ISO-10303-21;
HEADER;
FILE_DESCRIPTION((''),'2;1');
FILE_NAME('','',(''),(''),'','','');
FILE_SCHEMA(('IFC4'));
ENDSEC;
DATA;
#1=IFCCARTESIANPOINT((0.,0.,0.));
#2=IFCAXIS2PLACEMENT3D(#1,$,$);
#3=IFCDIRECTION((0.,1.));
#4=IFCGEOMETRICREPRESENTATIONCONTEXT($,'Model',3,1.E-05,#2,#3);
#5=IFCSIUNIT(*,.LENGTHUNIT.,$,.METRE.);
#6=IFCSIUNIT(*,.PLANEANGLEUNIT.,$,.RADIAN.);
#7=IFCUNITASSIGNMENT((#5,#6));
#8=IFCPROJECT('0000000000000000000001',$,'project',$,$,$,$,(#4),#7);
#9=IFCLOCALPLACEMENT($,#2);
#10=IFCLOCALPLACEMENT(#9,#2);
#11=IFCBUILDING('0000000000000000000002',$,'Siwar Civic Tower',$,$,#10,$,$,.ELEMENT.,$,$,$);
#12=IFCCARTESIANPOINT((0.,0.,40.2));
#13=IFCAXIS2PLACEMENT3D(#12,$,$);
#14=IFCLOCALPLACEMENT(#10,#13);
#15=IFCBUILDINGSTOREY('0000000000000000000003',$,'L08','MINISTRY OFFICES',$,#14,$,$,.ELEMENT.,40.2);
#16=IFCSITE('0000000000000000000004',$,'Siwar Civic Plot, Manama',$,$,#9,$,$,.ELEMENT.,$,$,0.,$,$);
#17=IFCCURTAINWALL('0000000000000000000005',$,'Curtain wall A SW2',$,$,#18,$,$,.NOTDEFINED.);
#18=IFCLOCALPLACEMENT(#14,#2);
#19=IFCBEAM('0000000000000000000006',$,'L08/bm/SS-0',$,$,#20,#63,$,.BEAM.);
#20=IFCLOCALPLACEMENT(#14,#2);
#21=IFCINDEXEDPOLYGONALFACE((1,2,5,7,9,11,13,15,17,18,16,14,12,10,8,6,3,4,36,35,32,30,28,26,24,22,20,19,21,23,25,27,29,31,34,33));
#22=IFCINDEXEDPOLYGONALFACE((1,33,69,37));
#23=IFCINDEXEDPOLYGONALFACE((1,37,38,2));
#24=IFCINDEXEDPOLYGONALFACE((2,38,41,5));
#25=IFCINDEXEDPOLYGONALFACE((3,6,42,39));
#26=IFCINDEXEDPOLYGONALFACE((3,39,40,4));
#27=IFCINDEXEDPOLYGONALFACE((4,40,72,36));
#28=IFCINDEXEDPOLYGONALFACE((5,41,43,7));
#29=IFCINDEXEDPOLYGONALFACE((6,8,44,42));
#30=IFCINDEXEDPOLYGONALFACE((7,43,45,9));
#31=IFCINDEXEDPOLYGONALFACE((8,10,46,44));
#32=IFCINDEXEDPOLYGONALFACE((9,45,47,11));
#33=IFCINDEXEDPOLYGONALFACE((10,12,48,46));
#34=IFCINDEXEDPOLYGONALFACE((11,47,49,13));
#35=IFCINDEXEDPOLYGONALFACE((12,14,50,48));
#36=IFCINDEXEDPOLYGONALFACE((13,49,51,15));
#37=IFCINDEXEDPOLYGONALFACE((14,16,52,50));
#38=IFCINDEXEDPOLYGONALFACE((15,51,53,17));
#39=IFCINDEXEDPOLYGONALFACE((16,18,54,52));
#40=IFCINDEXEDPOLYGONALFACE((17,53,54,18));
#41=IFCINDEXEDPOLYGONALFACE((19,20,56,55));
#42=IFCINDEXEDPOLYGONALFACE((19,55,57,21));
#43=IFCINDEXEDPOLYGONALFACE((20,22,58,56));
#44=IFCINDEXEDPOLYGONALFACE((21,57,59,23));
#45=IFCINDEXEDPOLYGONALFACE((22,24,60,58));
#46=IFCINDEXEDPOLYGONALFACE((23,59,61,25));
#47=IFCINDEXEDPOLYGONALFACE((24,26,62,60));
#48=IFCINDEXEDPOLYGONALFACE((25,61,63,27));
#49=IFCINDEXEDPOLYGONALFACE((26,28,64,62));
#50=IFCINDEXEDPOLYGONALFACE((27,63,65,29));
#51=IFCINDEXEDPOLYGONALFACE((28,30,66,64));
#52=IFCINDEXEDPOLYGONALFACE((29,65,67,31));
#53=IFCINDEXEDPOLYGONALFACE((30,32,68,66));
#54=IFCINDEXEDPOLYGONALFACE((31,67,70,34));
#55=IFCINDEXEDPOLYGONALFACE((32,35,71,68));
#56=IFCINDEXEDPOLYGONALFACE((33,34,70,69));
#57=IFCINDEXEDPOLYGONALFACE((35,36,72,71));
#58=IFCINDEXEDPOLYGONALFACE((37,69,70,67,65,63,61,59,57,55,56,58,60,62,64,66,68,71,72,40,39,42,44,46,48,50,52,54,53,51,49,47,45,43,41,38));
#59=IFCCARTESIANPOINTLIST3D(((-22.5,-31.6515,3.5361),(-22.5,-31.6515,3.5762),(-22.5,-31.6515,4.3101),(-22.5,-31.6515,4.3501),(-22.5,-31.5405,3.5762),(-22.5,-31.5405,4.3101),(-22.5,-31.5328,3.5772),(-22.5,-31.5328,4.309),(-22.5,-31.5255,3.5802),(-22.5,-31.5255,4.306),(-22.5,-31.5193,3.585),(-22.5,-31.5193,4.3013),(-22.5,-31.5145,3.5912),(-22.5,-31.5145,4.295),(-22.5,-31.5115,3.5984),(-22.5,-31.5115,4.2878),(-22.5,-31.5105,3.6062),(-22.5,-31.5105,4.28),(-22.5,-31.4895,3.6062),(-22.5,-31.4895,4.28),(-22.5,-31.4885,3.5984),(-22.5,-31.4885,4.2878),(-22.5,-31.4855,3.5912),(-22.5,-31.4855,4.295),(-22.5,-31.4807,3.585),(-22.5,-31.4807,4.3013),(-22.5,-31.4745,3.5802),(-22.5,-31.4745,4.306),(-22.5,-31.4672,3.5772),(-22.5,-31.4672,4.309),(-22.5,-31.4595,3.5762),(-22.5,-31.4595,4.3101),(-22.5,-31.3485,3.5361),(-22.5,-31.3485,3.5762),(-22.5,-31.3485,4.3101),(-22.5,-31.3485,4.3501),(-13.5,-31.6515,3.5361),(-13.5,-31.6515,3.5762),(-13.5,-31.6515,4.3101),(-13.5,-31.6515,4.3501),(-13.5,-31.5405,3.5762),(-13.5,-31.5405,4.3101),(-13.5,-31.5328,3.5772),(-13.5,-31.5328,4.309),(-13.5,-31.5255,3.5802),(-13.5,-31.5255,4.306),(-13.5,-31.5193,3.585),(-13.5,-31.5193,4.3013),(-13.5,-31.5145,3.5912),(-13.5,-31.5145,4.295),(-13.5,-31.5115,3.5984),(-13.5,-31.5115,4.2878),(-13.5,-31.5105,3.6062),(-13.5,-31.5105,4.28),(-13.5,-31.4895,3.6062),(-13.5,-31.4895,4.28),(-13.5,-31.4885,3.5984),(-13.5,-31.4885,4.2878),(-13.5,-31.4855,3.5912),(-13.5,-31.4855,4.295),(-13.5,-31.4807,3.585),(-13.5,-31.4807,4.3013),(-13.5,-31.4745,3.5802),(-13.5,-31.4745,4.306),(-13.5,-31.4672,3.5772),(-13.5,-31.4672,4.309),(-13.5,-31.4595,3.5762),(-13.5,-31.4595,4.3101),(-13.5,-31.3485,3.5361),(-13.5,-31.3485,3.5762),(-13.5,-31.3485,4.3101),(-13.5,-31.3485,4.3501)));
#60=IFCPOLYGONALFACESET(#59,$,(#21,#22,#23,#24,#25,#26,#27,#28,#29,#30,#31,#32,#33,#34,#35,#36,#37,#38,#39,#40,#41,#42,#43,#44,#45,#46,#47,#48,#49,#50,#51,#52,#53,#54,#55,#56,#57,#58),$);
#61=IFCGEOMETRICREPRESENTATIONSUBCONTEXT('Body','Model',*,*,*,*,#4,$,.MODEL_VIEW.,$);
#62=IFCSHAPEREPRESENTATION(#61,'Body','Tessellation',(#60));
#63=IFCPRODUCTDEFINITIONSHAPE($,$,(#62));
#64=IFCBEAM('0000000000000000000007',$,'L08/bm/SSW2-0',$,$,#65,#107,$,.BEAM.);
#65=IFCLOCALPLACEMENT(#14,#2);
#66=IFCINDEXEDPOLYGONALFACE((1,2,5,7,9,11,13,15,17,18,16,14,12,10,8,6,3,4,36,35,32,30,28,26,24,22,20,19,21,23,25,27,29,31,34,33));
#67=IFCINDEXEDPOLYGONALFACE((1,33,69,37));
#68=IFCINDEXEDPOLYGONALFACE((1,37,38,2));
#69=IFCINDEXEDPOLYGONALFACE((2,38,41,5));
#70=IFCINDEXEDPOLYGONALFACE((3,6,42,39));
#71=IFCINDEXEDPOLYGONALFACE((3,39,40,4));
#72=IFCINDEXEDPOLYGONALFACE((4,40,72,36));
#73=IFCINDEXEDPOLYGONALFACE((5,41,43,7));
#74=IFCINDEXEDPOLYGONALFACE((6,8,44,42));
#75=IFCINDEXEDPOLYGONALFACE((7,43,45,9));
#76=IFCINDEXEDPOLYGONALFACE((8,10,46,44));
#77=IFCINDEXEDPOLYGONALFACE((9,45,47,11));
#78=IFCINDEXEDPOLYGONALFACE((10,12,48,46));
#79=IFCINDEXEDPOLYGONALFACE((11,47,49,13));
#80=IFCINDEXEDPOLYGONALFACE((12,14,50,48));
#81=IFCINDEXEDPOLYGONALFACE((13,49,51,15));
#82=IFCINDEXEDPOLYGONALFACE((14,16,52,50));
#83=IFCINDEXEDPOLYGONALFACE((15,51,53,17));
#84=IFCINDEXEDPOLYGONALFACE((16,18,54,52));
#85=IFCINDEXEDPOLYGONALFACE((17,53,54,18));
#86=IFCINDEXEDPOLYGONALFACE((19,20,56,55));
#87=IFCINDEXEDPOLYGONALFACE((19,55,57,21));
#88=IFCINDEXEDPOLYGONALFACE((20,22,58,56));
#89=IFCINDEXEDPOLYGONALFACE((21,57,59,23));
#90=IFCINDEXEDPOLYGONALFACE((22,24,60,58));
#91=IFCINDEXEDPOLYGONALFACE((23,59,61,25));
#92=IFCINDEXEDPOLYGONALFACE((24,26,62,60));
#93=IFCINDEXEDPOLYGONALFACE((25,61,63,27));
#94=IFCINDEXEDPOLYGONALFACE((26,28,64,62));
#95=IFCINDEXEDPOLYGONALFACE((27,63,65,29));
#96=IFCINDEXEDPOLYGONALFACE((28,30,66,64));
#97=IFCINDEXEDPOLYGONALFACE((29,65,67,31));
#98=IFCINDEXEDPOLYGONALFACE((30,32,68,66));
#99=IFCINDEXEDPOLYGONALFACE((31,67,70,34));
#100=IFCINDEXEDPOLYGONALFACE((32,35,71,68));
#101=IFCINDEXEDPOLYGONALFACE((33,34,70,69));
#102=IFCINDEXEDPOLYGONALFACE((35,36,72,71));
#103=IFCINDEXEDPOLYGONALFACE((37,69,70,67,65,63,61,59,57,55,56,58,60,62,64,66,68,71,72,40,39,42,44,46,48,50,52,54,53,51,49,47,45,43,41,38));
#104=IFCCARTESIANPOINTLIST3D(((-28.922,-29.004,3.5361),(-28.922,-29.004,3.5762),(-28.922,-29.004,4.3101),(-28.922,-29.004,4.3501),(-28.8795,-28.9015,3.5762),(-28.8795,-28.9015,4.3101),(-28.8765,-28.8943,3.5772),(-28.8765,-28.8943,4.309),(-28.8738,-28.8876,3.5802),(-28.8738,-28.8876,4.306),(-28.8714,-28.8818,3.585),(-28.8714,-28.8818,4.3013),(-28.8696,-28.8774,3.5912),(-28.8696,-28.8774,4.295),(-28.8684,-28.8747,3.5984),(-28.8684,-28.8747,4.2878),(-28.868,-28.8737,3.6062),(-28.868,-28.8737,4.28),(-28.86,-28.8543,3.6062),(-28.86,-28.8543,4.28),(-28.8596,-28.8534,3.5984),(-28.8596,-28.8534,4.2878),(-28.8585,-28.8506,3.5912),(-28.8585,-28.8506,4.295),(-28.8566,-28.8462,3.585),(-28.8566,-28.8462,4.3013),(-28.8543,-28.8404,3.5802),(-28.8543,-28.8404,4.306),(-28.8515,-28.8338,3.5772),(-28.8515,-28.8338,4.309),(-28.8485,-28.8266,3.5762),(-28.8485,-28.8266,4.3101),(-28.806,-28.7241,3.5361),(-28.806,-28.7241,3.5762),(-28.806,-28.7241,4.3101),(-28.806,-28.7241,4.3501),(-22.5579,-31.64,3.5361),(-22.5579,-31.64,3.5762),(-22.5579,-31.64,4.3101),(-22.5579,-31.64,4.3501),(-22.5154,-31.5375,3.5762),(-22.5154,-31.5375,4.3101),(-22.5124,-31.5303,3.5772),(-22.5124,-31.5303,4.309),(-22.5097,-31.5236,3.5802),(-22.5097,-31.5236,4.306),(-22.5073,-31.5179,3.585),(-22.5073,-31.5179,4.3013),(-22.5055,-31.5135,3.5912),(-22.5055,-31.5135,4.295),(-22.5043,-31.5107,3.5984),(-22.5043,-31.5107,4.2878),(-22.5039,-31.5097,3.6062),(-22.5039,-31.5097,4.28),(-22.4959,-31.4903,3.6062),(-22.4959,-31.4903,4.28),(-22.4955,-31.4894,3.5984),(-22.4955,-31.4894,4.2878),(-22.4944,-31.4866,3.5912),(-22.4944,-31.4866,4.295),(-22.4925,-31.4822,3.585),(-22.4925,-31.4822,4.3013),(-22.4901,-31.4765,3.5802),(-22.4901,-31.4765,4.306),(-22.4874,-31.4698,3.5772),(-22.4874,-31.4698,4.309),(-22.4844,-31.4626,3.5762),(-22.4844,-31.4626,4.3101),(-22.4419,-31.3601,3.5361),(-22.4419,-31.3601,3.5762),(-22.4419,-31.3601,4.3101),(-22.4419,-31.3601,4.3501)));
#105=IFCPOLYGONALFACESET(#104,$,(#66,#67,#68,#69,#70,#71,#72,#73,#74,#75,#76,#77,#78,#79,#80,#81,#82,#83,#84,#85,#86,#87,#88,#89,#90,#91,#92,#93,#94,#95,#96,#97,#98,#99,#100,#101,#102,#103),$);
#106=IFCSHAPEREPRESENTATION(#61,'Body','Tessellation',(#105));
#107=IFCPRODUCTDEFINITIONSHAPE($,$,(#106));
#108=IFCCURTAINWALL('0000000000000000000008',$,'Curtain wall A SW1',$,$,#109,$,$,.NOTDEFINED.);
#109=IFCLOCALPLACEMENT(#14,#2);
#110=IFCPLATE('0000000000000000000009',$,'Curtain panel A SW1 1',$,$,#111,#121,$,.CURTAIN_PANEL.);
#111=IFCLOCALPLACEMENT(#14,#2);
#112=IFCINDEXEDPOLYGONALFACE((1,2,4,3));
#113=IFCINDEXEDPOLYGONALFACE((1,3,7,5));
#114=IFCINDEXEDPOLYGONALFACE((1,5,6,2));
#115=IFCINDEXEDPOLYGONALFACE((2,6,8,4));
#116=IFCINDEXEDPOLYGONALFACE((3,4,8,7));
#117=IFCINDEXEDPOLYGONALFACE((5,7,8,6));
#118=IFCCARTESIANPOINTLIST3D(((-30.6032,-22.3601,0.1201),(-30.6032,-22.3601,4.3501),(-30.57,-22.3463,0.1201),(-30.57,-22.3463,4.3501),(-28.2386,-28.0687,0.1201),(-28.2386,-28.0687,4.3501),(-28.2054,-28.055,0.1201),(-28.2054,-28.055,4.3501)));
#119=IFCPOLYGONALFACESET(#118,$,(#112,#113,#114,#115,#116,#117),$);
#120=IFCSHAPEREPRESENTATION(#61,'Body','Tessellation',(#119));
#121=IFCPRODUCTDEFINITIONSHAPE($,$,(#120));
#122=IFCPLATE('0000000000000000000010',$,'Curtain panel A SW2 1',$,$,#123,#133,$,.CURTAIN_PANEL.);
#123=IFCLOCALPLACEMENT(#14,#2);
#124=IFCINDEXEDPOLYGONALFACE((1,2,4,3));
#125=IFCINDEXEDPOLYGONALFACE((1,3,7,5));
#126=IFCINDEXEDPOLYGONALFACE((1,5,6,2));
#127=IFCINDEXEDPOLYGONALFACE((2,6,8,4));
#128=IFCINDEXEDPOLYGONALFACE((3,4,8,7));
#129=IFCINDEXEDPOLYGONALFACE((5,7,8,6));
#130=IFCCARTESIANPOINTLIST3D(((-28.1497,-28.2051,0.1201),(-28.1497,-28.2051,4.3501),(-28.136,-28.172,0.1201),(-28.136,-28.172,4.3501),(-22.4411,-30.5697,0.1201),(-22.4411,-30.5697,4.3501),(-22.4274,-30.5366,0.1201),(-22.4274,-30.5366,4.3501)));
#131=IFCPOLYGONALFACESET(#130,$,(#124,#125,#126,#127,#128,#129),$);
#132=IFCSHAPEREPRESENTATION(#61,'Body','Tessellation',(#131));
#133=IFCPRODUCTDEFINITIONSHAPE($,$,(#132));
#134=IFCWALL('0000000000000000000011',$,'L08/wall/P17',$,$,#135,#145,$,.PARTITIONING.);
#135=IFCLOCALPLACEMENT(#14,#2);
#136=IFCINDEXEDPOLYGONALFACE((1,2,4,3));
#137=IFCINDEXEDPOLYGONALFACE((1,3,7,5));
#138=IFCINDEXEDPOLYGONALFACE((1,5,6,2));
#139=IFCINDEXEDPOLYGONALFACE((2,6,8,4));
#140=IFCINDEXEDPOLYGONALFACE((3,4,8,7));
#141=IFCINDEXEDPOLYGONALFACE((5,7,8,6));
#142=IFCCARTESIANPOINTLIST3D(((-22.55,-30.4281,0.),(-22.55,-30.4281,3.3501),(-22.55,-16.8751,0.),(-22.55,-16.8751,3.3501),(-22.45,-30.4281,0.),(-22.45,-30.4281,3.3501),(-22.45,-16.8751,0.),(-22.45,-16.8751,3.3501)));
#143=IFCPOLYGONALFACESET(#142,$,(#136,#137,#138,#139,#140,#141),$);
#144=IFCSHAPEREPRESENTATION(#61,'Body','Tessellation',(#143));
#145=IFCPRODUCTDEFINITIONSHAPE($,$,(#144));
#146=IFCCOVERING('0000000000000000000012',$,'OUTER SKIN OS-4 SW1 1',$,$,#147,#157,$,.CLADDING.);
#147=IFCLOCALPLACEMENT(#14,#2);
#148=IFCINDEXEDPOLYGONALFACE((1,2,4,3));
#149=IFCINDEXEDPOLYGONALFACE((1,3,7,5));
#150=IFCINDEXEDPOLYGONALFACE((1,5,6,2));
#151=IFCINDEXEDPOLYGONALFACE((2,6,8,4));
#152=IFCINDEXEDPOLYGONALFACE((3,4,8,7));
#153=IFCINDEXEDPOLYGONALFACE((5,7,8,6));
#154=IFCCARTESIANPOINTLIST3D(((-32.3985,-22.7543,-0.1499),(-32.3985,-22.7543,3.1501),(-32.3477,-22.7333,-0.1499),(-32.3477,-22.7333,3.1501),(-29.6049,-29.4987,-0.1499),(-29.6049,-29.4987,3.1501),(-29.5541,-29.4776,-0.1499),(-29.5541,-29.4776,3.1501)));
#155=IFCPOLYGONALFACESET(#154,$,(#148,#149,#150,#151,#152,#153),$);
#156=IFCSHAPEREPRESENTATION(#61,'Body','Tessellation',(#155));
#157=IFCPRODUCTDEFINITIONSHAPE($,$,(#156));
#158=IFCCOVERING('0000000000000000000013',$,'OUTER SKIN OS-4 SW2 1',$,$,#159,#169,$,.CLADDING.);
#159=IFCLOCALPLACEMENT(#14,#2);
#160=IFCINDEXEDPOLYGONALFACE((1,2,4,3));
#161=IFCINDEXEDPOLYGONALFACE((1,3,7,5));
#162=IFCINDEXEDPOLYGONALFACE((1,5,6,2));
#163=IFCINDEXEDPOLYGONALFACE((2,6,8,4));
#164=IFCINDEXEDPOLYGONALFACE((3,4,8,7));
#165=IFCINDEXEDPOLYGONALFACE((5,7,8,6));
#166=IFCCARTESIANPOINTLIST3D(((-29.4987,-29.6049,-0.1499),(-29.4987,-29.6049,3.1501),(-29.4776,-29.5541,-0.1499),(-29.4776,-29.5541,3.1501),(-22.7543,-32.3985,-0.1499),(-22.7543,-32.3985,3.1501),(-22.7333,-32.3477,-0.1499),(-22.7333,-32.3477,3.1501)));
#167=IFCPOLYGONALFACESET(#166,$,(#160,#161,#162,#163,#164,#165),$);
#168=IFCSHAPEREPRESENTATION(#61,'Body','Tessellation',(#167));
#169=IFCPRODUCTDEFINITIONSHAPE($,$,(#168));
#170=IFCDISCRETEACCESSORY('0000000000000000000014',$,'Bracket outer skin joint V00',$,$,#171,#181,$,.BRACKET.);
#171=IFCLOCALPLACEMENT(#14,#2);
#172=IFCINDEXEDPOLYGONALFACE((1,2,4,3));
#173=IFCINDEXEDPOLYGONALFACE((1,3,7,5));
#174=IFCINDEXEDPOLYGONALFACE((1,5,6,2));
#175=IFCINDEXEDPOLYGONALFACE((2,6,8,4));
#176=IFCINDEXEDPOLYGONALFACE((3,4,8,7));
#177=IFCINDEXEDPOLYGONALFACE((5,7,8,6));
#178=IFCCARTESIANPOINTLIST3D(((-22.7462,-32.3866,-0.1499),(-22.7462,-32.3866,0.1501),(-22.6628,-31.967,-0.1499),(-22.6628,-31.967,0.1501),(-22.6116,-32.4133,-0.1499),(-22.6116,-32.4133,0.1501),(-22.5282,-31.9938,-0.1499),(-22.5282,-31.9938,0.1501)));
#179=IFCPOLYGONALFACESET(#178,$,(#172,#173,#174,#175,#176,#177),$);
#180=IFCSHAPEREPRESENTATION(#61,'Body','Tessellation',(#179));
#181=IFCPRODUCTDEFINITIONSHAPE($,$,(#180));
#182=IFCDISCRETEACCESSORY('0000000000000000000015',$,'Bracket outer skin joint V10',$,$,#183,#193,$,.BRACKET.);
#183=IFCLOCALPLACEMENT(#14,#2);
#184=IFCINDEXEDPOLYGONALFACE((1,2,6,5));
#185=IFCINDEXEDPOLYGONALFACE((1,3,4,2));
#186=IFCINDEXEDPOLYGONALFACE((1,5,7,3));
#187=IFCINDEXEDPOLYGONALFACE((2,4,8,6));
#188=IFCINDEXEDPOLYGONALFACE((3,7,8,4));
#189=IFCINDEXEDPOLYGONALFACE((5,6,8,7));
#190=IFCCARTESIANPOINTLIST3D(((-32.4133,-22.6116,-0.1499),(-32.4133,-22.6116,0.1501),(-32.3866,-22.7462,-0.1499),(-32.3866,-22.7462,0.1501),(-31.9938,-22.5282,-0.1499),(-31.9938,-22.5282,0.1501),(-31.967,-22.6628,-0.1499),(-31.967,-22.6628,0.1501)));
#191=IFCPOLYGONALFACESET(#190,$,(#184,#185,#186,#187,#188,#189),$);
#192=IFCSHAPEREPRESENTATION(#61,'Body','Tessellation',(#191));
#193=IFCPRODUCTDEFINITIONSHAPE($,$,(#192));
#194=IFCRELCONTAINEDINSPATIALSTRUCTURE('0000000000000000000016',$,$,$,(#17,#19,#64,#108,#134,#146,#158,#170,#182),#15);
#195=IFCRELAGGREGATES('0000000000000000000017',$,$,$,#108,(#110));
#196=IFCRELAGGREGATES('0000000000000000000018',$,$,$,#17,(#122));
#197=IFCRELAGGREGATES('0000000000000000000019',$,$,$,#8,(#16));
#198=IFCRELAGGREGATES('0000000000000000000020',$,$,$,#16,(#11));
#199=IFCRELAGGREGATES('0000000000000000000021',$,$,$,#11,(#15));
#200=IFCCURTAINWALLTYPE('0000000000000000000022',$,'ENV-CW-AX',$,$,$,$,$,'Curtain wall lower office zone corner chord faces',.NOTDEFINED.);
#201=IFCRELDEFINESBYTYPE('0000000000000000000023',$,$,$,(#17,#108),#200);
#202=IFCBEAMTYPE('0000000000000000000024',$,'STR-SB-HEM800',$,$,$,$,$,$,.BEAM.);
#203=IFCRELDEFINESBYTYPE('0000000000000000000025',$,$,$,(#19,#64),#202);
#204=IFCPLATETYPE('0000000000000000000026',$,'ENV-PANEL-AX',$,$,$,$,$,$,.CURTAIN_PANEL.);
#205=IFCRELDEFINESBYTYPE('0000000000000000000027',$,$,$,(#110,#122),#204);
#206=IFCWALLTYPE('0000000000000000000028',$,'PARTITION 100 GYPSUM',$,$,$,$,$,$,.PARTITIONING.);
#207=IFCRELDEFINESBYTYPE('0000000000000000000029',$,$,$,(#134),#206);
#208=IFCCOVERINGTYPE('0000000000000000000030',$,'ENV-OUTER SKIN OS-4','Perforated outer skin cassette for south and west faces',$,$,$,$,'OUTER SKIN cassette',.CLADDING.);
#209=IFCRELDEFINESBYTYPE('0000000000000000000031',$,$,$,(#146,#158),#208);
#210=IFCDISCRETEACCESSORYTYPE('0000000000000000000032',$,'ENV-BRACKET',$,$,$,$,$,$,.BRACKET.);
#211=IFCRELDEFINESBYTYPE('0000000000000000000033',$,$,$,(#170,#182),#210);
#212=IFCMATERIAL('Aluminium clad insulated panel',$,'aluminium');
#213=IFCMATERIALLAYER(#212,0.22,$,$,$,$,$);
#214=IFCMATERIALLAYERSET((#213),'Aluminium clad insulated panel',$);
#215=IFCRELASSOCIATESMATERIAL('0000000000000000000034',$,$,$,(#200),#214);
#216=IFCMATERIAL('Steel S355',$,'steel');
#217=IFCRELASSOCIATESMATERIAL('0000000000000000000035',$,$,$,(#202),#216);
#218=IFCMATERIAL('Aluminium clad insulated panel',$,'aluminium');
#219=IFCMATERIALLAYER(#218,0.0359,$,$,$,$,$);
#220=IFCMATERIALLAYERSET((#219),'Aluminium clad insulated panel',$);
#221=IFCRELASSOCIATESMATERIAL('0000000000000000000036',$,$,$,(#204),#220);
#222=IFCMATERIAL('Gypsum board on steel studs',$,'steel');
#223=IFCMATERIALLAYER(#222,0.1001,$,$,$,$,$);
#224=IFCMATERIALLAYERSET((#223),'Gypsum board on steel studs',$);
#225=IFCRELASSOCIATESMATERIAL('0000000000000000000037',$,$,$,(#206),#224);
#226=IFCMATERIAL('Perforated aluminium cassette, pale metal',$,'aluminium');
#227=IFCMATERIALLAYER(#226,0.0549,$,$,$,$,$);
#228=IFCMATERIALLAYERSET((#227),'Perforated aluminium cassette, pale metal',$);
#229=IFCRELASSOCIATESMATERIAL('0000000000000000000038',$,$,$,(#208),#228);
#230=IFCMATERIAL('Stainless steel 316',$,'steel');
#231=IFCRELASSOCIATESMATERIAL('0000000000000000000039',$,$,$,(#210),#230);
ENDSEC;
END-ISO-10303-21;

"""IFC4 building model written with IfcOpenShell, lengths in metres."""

from ifc_helpers import new_model, si_unit, direction, frame, frame_2d, origin, origin_2d, place, context, subcontext, project, spatial, rectangle, i_section, extrude, material, layer, layer_set, material_profile, profile_set, type_object, element, aggregate, save


model = new_model("IFC4")

# Units and contexts
model_context = context("Model", 3, precision=1e-05, world=origin(), true_north=direction((0.0, 1.0)))
body_context = subcontext(model_context, "Body", "Model", "MODEL_VIEW")
ifc_project = project(units=[si_unit("LENGTHUNIT", "METRE"), si_unit("PLANEANGLEUNIT", "RADIAN")], contexts=[model_context])

# Site, building, storey
site_placement = place(None, origin())
site = spatial("IfcSite", under=ifc_project, at=site_placement, Name="Siwar Civic Plot, Manama", CompositionType="ELEMENT", RefElevation=0.0)
building_placement = place(site_placement, origin())
building = spatial("IfcBuilding", under=site, at=building_placement, Name="Siwar Civic Tower", CompositionType="ELEMENT")
storey_placement = place(building_placement, frame((0.0, 0.0, 40.2)))
storey = spatial("IfcBuildingStorey", under=building, at=storey_placement, Name="L08", Description="MINISTRY OFFICES", CompositionType="ELEMENT", Elevation=40.2)

# Curtain wall
ifc_material_1 = material(Name="Aluminium clad insulated panel", Category="aluminium")
ifc_layer_1 = layer(ifc_material_1, 0.22)
ifc_layer_set_1 = layer_set([ifc_layer_1], Name="Aluminium clad insulated panel")
curtain_wall_type_1 = type_object("IfcCurtainWallType", Name="ENV-CW-AX", ElementType="Curtain wall lower office zone corner chord faces", PredefinedType="NOTDEFINED", material=ifc_layer_set_1)
curtain_wall_1_placement = place(storey_placement, origin())
curtain_wall_1 = element("IfcCurtainWall", 1, at=curtain_wall_1_placement, inside=storey, type_object=curtain_wall_type_1, Name="Curtain wall A SW2", PredefinedType="NOTDEFINED")

# Beams
ifc_material_2 = material(Name="Steel S355", Category="steel")
ifc_material_profile_1 = material_profile(ifc_material_2, i_section(OverallWidth=0.303, OverallDepth=0.814, WebThickness=0.021, FlangeThickness=0.04, FilletRadius=0.03, at=origin_2d()), Name="HEM800")
ifc_profile_set_1 = profile_set([ifc_material_profile_1], Name="Steel S355")
beam_type_1 = type_object("IfcBeamType", Name="STR-SB-HEM800", PredefinedType="BEAM", material=ifc_profile_set_1)
beam_1_placement = place(storey_placement, frame((-22.5, -31.5, 3.9431), z_axis=(1.0, 0.0, 0.0), x_axis=(0.0, 1.0, 0.0)))
element("IfcBeam", 2, at=beam_1_placement, inside=storey, type_object=beam_type_1, Name="L08/bm/SS-0", PredefinedType="BEAM", context=body_context, shape_type="SweptSolid", body=[
    extrude(i_section(OverallWidth=0.303, OverallDepth=0.814, WebThickness=0.021, FlangeThickness=0.04, FilletRadius=0.03, at=origin_2d()), origin(), (0.0, 0.0, 1.0), 9.0),
])
beam_2_placement = place(storey_placement, frame((-28.864, -28.864, 3.9431), z_axis=(0.923883, -0.382674, 0.0), x_axis=(0.382674, 0.923883, 0.0)))
element("IfcBeam", 3, at=beam_2_placement, inside=storey, type_object=beam_type_1, Name="L08/bm/SSW2-0", PredefinedType="BEAM", context=body_context, shape_type="SweptSolid", body=[
    extrude(i_section(OverallWidth=0.303, OverallDepth=0.814, WebThickness=0.021, FlangeThickness=0.04, FilletRadius=0.03, at=origin_2d()), origin(), (0.0, 0.0, 1.0), 6.8884),
])

# Curtain wall, plate
curtain_wall_2_placement = place(storey_placement, origin())
curtain_wall_2 = element("IfcCurtainWall", 4, at=curtain_wall_2_placement, inside=storey, type_object=curtain_wall_type_1, Name="Curtain wall A SW1", PredefinedType="NOTDEFINED")
ifc_material_3 = material(Name="Aluminium clad insulated panel", Category="aluminium")
ifc_layer_2 = layer(ifc_material_3, 0.0359)
ifc_layer_set_2 = layer_set([ifc_layer_2], Name="Aluminium clad insulated panel")
plate_type = type_object("IfcPlateType", Name="ENV-PANEL-AX", PredefinedType="CURTAIN_PANEL", material=ifc_layer_set_2)
plate_1_placement = place(storey_placement, frame((-29.4043, -25.2075, 0.1201), z_axis=(0.0, 0.0, 1.0), x_axis=(0.382683, -0.92388, 0.0)))
plate_1 = element("IfcPlate", 5, at=plate_1_placement, type_object=plate_type, Name="Curtain panel A SW1 1", PredefinedType="CURTAIN_PANEL", context=body_context, shape_type="SweptSolid", body=[
    extrude(rectangle(XDim=6.179, YDim=0.0359, at=origin_2d()), origin(), (0.0, 0.0, 1.0), 4.23),
])
aggregate(curtain_wall_2, [plate_1])

# Plate
plate_2_placement = place(storey_placement, frame((-25.2886, -29.3708, 0.1201), z_axis=(0.0, 0.0, 1.0), x_axis=(0.92388, -0.382683, 0.0)))
plate_2 = element("IfcPlate", 6, at=plate_2_placement, type_object=plate_type, Name="Curtain panel A SW2 1", PredefinedType="CURTAIN_PANEL", context=body_context, shape_type="SweptSolid", body=[
    extrude(rectangle(XDim=6.179, YDim=0.0359, at=origin_2d()), origin(), (0.0, 0.0, 1.0), 4.23),
])
aggregate(curtain_wall_1, [plate_2])

# Wall
ifc_material_4 = material(Name="Gypsum board on steel studs", Category="steel")
ifc_layer_3 = layer(ifc_material_4, 0.1001)
ifc_layer_set_3 = layer_set([ifc_layer_3], Name="Gypsum board on steel studs")
wall_type = type_object("IfcWallType", Name="PARTITION 100 GYPSUM", PredefinedType="PARTITIONING", material=ifc_layer_set_3)
wall_placement = place(storey_placement, frame((-22.5, -30.428, 0.0), z_axis=(0.0, 0.0, 1.0), x_axis=(0.0, 1.0, 0.0)))
element("IfcWall", 7, at=wall_placement, inside=storey, type_object=wall_type, Name="L08/wall/P17", PredefinedType="PARTITIONING", context=body_context, shape_type="SweptSolid", body=[
    extrude(rectangle(XDim=13.553, YDim=0.1001, at=frame_2d((6.7764, 0.0))), origin(), (0.0, 0.0, 1.0), 3.3501),
])

# Coverings
ifc_material_5 = material(Name="Perforated aluminium cassette, pale metal", Category="aluminium")
ifc_layer_4 = layer(ifc_material_5, 0.0549)
ifc_layer_set_4 = layer_set([ifc_layer_4], Name="Perforated aluminium cassette, pale metal")
covering_type = type_object("IfcCoveringType", Name="ENV-OUTER SKIN OS-4", Description="Perforated outer skin cassette for south and west faces", ElementType="OUTER SKIN cassette", PredefinedType="CLADDING", material=ifc_layer_set_4)
for number, where, z_axis, x_axis, name in (
    (8, (-30.9763, -26.116, -0.1499), (0.0, 0.0, 1.0), (0.382683, -0.92388, 0.0), "OUTER SKIN OS-4 SW1 1"),
    (9, (-26.116, -30.9763, -0.1499), (0.0, 0.0, 1.0), (0.92388, -0.382683, 0.0), "OUTER SKIN OS-4 SW2 1"),
):
    element("IfcCovering", number, at=place(storey_placement, frame(where, z_axis=z_axis, x_axis=x_axis)), inside=storey, type_object=covering_type, Name=name, PredefinedType="CLADDING", context=body_context, shape_type="SweptSolid", body=[
        extrude(rectangle(XDim=7.3, YDim=0.0549, at=origin_2d()), origin(), (0.0, 0.0, 1.0), 3.3),
    ])

# Discrete accessories
ifc_material_6 = material(Name="Stainless steel 316", Category="steel")
discrete_accessory_type = type_object("IfcDiscreteAccessoryType", Name="ENV-BRACKET", PredefinedType="BRACKET", material=ifc_material_6)
for number, where, z_axis, x_axis, name in (
    (10, (-22.6372, -32.1902, -0.1499), (0.0, 0.0, 1.0), (-0.19509, -0.980785, 0.0), "Bracket outer skin joint V00"),
    (11, (-32.1902, -22.6372, -0.1499), (0.0, 0.0, 1.0), (-0.980785, -0.19509, 0.0), "Bracket outer skin joint V10"),
):
    element("IfcDiscreteAccessory", number, at=place(storey_placement, frame(where, z_axis=z_axis, x_axis=x_axis)), inside=storey, type_object=discrete_accessory_type, Name=name, PredefinedType="BRACKET", context=body_context, shape_type="SweptSolid", body=[
        extrude(rectangle(XDim=0.4277, YDim=0.1372, at=origin_2d()), origin(), (0.0, 0.0, 1.0), 0.3),
    ])

save(model, "model.ifc")
